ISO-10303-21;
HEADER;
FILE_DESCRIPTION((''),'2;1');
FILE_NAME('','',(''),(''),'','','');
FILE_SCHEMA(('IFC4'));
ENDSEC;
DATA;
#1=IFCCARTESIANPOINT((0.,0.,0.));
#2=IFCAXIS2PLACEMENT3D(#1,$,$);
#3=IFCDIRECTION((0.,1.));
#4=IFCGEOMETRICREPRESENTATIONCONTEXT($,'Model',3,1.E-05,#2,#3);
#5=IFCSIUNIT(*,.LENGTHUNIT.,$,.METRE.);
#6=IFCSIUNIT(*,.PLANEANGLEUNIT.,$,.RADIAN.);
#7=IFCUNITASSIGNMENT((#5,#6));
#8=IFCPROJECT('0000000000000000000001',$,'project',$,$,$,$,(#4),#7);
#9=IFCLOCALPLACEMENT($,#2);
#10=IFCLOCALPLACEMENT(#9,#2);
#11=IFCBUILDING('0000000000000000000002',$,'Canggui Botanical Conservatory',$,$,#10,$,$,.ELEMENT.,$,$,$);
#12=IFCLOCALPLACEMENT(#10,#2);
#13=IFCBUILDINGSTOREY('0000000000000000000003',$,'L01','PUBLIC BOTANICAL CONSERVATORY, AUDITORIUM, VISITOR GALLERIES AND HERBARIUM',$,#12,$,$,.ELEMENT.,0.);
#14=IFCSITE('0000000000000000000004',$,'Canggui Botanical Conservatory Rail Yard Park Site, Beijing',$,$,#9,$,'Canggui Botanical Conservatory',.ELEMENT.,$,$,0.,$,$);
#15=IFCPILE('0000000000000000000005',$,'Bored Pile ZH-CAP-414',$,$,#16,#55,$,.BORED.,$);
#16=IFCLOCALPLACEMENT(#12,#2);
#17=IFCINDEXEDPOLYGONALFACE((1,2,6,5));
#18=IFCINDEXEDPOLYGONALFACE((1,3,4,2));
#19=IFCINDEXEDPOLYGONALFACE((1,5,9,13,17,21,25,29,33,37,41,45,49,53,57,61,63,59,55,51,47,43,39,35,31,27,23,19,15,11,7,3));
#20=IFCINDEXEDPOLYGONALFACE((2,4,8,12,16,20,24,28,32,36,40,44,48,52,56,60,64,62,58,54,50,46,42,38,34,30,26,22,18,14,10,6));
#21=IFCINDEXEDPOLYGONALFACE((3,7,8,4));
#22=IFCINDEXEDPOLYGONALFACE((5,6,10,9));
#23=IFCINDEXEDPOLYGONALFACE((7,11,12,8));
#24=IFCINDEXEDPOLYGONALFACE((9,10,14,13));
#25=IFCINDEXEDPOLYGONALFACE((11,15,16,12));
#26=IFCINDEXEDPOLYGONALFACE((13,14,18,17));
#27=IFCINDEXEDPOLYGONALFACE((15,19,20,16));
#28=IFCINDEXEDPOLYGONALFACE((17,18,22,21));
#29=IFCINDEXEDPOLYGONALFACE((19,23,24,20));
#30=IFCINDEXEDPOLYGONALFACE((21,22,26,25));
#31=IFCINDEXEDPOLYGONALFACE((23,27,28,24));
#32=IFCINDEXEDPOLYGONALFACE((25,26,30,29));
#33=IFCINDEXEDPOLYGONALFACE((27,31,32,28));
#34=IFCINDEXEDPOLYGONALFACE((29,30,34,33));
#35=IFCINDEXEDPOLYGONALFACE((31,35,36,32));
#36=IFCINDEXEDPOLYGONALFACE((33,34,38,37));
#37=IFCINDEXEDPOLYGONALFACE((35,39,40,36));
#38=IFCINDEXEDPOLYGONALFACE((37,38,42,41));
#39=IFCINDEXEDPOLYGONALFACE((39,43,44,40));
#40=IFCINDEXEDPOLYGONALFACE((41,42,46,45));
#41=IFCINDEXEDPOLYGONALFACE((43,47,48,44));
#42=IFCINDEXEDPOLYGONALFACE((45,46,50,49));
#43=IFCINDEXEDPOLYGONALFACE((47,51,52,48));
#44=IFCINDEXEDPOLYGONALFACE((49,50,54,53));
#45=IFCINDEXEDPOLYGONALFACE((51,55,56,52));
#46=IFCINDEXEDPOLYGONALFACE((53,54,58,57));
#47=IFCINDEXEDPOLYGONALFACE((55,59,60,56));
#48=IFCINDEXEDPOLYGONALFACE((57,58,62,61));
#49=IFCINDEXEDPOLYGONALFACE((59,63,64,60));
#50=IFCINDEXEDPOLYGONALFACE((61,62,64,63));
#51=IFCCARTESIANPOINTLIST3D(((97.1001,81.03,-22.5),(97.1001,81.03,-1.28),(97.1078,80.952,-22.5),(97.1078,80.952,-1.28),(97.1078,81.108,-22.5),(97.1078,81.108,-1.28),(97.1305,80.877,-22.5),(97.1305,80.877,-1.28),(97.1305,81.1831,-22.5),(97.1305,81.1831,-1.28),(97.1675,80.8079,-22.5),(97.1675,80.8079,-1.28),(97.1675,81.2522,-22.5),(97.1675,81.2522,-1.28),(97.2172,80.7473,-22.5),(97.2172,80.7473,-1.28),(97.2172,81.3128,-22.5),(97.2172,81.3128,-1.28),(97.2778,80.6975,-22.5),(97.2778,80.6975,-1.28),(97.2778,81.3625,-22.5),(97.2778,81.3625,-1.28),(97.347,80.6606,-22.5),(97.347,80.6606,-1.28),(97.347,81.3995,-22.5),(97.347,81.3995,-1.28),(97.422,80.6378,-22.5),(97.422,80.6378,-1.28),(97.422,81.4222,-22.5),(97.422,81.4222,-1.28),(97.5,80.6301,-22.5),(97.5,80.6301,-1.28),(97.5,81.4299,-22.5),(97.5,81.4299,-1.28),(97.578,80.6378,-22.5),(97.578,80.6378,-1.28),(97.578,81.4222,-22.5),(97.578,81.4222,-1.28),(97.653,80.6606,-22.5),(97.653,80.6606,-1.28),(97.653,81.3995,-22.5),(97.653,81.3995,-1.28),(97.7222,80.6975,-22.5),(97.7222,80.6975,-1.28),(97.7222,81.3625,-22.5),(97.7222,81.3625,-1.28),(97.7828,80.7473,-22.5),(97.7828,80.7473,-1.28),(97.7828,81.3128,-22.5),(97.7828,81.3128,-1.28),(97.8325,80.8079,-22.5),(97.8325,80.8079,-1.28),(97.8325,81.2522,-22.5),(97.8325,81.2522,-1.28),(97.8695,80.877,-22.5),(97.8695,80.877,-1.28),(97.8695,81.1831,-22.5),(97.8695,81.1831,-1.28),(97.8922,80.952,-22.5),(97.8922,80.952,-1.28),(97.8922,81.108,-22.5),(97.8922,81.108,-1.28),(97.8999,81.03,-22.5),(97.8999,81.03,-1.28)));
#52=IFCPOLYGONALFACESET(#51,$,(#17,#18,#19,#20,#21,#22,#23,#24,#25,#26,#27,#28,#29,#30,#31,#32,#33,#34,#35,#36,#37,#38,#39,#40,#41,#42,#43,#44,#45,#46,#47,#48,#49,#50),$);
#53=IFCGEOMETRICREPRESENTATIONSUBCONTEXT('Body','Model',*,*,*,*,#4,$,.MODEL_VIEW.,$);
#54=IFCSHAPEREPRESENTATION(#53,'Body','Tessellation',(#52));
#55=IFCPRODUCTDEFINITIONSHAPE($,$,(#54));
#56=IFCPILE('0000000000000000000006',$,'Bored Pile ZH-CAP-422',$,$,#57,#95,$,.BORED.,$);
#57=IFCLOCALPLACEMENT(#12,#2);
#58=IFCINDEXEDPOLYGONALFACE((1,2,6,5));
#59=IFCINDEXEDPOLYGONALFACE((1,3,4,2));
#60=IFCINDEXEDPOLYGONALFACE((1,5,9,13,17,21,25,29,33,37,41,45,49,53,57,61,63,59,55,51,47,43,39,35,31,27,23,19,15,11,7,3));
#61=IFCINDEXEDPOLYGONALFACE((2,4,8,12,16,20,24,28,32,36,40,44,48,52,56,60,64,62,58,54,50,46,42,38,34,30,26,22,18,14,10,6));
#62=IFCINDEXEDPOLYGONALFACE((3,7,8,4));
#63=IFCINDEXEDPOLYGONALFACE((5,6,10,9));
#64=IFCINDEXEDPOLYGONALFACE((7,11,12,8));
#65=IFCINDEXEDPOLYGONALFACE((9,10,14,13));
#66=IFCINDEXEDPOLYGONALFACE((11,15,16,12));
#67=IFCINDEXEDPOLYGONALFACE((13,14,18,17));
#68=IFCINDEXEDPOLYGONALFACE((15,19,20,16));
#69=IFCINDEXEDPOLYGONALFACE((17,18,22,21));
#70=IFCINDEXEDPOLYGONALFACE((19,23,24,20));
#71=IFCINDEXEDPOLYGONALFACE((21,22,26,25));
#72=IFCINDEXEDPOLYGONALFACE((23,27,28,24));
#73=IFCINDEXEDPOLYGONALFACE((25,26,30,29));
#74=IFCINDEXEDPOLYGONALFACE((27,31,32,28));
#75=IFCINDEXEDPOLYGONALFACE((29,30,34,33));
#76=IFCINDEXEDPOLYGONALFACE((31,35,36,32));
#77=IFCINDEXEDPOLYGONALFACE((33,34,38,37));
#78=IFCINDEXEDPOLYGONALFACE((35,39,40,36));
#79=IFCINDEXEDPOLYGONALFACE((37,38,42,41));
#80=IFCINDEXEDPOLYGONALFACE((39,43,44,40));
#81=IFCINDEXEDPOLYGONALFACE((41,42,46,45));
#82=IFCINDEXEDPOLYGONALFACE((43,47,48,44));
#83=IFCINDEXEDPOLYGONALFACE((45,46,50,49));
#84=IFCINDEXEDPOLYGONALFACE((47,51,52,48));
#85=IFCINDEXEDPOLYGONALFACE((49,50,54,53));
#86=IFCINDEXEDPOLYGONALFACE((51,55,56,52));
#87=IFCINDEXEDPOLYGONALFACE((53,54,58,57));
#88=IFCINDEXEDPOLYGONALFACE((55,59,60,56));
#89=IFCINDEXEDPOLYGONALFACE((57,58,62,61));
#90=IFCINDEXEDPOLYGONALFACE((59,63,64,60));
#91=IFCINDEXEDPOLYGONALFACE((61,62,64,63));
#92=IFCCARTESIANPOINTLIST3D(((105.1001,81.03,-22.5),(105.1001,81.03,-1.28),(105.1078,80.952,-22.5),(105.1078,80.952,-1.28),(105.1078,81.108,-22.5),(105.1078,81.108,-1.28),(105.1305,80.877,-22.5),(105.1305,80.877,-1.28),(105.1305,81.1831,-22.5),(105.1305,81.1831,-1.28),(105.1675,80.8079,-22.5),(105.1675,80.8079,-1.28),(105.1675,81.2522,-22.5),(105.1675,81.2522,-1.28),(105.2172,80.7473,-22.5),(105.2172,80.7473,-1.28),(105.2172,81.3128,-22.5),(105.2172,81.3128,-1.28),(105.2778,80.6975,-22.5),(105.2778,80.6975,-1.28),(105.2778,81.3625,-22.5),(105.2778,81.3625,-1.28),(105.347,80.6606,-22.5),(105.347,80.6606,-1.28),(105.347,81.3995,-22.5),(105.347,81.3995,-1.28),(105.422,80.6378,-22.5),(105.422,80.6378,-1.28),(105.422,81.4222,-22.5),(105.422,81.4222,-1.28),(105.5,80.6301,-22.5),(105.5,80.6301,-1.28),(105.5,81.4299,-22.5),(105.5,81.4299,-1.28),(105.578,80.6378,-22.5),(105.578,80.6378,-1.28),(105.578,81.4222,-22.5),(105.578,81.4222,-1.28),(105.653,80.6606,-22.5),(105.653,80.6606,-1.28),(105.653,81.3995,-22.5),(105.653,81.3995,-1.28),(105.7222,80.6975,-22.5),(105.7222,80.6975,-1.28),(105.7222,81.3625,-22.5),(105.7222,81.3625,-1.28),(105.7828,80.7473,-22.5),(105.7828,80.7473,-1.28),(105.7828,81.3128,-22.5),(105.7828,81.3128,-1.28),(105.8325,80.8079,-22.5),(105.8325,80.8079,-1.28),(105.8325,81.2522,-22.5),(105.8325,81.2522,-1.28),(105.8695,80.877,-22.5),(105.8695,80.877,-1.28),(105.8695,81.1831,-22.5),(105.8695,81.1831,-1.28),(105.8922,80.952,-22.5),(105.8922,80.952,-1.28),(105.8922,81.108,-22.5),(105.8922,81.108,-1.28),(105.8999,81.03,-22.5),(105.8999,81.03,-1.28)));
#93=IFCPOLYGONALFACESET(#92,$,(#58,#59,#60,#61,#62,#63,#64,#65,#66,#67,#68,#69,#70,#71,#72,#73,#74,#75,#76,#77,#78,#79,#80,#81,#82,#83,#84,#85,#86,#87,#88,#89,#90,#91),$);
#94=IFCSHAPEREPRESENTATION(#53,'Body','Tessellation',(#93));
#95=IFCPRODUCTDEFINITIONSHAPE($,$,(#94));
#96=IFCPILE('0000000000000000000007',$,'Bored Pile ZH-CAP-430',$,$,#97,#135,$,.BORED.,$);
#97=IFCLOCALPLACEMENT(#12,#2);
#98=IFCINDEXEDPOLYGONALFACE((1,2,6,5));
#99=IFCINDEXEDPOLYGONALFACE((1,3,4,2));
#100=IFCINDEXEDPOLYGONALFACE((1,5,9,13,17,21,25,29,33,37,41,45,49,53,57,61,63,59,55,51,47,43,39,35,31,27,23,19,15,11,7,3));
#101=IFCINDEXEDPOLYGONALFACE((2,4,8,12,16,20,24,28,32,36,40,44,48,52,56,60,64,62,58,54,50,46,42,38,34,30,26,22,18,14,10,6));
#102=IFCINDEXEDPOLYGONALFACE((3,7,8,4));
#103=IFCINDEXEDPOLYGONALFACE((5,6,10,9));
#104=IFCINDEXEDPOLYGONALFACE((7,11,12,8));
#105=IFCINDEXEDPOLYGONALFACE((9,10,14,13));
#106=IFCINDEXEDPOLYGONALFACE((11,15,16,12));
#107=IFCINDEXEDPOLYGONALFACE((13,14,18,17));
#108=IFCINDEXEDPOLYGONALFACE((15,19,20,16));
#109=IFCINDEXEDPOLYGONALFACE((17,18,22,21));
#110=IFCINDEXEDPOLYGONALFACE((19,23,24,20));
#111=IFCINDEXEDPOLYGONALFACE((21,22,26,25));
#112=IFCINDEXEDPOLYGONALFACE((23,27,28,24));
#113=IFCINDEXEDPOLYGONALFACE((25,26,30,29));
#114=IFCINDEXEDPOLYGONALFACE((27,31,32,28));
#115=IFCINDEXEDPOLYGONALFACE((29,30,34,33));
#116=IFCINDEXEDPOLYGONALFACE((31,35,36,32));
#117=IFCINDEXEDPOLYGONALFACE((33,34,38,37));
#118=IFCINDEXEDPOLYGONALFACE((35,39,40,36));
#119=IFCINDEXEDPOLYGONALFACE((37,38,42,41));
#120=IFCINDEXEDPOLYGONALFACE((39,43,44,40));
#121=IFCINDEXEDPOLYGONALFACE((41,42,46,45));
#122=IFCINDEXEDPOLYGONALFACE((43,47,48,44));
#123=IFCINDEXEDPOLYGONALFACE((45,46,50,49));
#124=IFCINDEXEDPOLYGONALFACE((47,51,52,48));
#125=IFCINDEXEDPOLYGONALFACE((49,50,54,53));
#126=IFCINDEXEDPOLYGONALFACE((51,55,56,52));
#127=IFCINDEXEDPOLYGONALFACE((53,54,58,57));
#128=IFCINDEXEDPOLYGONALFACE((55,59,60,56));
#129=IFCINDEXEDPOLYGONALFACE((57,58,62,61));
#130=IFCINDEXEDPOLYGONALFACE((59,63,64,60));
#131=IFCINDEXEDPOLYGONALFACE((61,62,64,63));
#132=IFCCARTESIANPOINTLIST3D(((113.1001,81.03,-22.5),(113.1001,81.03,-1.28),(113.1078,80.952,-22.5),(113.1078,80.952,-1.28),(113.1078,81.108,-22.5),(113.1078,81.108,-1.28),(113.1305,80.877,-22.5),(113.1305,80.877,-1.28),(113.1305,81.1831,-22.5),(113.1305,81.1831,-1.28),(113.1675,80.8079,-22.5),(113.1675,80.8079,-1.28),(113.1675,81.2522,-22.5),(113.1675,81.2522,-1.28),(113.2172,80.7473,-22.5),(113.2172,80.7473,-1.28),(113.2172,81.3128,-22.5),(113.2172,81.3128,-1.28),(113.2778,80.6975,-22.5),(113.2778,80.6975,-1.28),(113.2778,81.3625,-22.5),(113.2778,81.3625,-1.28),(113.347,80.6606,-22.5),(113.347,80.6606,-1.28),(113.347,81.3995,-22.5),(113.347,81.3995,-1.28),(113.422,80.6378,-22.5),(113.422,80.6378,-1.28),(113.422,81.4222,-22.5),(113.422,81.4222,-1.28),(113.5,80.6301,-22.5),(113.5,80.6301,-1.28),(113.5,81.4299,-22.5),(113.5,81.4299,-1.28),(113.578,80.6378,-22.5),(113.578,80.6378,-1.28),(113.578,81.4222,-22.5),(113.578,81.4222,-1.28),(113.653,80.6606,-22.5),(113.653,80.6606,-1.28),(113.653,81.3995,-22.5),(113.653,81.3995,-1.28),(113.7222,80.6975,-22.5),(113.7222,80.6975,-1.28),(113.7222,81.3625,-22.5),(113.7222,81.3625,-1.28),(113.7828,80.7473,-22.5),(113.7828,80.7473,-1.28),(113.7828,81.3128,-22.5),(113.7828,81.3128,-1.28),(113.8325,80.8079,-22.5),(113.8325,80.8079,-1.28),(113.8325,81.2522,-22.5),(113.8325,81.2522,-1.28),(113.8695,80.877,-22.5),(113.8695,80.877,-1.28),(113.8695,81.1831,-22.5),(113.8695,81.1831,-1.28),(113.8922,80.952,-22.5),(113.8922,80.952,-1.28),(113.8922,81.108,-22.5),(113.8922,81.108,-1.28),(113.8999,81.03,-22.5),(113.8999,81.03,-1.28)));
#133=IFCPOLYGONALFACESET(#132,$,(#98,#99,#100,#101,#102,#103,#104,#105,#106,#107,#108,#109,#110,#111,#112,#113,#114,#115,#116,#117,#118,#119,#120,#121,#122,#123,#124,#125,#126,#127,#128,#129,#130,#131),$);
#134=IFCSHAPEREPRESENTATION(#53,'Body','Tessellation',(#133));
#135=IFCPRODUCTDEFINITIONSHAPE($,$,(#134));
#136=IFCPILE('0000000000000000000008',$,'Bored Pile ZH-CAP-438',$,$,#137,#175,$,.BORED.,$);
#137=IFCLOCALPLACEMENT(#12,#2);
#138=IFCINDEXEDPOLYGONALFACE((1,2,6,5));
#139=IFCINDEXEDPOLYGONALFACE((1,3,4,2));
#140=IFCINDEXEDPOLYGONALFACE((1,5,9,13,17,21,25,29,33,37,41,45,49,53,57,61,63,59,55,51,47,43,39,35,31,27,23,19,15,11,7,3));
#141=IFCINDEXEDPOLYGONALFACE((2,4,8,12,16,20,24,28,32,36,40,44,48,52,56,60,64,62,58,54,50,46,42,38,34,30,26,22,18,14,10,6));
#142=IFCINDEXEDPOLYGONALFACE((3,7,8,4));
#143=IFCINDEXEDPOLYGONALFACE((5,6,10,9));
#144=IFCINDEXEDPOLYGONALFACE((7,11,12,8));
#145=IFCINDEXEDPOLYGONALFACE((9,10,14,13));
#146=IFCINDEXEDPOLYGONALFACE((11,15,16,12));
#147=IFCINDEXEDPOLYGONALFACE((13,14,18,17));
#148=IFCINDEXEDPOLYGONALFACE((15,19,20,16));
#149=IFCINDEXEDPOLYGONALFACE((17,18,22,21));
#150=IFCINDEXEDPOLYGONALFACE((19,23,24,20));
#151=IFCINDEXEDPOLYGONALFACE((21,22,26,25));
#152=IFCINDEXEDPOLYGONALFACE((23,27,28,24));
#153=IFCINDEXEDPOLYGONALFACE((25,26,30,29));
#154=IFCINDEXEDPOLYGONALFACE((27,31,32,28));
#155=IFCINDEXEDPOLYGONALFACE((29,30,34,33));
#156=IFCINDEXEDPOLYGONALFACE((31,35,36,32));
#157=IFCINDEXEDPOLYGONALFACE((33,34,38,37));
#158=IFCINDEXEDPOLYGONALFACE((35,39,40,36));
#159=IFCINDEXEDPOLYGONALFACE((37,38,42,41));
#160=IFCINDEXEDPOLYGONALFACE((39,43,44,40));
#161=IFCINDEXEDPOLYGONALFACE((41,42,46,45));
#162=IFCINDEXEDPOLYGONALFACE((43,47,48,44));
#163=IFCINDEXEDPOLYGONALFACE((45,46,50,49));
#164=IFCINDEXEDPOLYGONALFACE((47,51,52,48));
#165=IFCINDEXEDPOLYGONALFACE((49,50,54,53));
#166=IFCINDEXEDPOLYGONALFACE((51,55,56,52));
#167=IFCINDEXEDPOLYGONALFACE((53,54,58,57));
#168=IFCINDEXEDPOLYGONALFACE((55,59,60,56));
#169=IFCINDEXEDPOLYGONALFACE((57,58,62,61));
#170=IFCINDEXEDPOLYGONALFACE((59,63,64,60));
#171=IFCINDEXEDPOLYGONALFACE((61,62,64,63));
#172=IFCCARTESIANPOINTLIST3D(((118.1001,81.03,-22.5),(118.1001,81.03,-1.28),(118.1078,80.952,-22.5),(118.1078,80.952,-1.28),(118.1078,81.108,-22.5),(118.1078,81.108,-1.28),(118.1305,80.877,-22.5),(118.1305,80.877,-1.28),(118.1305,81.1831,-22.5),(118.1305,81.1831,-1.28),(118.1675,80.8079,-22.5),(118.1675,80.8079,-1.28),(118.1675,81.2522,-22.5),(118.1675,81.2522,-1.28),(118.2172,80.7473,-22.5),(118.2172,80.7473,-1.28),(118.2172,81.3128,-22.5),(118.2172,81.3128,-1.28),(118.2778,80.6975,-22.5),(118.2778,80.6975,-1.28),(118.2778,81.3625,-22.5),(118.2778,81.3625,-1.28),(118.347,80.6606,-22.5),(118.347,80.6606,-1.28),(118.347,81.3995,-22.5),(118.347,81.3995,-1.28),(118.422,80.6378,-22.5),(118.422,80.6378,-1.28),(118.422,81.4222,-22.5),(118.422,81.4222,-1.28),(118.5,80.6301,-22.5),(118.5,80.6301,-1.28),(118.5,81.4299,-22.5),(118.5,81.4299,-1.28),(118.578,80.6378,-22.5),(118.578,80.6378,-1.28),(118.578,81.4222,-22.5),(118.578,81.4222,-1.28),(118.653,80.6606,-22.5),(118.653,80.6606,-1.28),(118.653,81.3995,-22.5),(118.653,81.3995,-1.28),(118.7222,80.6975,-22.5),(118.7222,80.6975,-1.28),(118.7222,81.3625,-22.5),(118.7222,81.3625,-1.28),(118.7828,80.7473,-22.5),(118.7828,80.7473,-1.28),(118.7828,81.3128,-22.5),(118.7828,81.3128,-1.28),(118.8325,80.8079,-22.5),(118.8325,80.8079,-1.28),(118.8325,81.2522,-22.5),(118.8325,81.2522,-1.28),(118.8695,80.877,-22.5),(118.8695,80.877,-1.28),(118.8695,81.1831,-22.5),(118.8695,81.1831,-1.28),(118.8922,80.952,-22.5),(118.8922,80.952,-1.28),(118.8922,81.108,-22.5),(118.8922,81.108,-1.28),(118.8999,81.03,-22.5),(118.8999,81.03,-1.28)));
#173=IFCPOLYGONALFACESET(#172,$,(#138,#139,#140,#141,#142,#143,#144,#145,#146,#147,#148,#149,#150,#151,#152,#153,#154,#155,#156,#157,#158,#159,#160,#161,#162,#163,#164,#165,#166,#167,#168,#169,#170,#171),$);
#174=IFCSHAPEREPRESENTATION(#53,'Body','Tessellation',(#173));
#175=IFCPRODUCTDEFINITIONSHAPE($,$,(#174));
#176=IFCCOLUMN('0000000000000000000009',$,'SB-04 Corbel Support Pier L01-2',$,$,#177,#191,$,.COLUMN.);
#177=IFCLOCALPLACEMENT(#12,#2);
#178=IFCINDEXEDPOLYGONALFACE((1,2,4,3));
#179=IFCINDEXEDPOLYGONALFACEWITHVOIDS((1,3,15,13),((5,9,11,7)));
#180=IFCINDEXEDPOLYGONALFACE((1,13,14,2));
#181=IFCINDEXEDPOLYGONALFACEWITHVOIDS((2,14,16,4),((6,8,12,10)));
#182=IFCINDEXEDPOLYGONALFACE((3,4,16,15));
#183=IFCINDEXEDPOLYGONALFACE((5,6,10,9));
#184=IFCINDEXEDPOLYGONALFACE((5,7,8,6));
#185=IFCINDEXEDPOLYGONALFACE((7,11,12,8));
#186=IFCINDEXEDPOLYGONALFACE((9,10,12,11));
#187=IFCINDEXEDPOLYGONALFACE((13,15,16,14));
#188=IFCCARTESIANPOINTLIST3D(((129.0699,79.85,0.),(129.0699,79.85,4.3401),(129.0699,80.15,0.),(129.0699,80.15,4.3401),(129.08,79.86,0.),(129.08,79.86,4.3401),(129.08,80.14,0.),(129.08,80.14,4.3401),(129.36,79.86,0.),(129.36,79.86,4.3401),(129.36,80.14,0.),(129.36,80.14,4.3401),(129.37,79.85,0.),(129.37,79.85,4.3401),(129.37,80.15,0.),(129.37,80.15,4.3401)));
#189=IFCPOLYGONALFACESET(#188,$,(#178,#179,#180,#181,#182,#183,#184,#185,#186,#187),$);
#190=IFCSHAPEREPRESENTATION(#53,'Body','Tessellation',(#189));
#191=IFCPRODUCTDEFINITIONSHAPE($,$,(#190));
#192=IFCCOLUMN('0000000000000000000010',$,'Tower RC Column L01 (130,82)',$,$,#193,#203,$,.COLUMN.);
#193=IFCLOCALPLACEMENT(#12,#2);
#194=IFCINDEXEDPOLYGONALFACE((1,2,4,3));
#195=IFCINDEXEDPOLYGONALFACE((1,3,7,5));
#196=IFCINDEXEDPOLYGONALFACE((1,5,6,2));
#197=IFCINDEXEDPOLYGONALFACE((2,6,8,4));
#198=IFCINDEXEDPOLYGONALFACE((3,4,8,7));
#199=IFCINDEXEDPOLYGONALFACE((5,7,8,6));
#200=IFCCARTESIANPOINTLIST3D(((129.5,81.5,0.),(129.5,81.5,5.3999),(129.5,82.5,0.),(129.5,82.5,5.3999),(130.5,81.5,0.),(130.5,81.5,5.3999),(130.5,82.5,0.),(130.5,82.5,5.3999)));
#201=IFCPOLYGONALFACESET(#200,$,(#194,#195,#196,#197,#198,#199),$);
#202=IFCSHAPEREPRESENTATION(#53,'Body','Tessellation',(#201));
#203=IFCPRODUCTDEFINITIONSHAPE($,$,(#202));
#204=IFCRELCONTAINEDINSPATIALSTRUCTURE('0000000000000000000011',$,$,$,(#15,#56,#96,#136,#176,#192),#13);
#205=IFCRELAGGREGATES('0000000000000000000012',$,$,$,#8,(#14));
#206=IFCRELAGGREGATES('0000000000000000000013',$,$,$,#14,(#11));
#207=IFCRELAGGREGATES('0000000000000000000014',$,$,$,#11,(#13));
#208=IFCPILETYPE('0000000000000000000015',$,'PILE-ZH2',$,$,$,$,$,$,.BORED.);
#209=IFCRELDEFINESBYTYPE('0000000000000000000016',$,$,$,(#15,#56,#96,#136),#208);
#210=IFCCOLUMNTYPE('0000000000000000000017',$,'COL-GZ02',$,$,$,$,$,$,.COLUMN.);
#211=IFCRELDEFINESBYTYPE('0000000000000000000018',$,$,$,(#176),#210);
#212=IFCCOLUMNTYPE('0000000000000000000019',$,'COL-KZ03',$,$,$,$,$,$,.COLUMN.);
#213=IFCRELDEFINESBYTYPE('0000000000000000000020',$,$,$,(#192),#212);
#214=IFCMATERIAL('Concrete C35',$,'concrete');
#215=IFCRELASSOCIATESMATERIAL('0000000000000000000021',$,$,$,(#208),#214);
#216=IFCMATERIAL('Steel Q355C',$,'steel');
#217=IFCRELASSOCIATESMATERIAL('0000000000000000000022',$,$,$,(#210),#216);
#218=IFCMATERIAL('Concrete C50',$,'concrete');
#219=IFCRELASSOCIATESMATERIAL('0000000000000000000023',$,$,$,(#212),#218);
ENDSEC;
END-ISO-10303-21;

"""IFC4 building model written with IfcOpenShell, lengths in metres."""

from ifc_helpers import new_model, si_unit, direction, frame, origin, origin_2d, place, context, subcontext, project, spatial, rectangle, hollow_rectangle, circle, extrude, material, material_profile, profile_set, type_object, element, save


model = new_model("IFC4")

# Units and contexts
model_context = context("Model", 3, precision=1e-05, world=origin(), true_north=direction((0.0, 1.0)))
body_context = subcontext(model_context, "Body", "Model", "MODEL_VIEW")
ifc_project = project(units=[si_unit("LENGTHUNIT", "METRE"), si_unit("PLANEANGLEUNIT", "RADIAN")], contexts=[model_context])

# Site, building, storey
site_placement = place(None, origin())
site = spatial("IfcSite", under=ifc_project, at=site_placement, Name="Canggui Botanical Conservatory Rail Yard Park Site, Beijing", LongName="Canggui Botanical Conservatory", CompositionType="ELEMENT", RefElevation=0.0)
building_placement = place(site_placement, origin())
building = spatial("IfcBuilding", under=site, at=building_placement, Name="Canggui Botanical Conservatory", CompositionType="ELEMENT")
storey_placement = place(building_placement, origin())
storey = spatial("IfcBuildingStorey", under=building, at=storey_placement, Name="L01", Description="PUBLIC BOTANICAL CONSERVATORY, AUDITORIUM, VISITOR GALLERIES AND HERBARIUM", CompositionType="ELEMENT", Elevation=0.0)

# Piles
ifc_material_1 = material(Name="Concrete C35", Category="concrete")
ifc_material_profile_1 = material_profile(ifc_material_1, circle(Radius=0.3999, at=origin_2d()), Name="PILE D800")
ifc_profile_set_1 = profile_set([ifc_material_profile_1], Name="Concrete C35")
pile_type = type_object("IfcPileType", Name="PILE-ZH2", PredefinedType="BORED", material=ifc_profile_set_1)
for number, where, z_axis, x_axis, name in (
    (1, (97.5, 81.03, -1.28), (0.0, 0.0, -1.0), (1.0, 0.0, 0.0), "Bored Pile ZH-CAP-414"),
    (2, (105.5, 81.03, -1.28), (0.0, 0.0, -1.0), (1.0, 0.0, 0.0), "Bored Pile ZH-CAP-422"),
    (3, (113.5, 81.03, -1.28), (0.0, 0.0, -1.0), (1.0, 0.0, 0.0), "Bored Pile ZH-CAP-430"),
    (4, (118.5, 81.03, -1.28), (0.0, 0.0, -1.0), (1.0, 0.0, 0.0), "Bored Pile ZH-CAP-438"),
):
    element("IfcPile", number, at=place(storey_placement, frame(where, z_axis=z_axis, x_axis=x_axis)), inside=storey, type_object=pile_type, Name=name, PredefinedType="BORED", context=body_context, shape_type="SweptSolid", body=[
        extrude(circle(Radius=0.3999, at=origin_2d()), origin(), (0.0, 0.0, 1.0), 21.22),
    ])

# Columns
ifc_material_2 = material(Name="Steel Q355C", Category="steel")
ifc_material_profile_2 = material_profile(ifc_material_2, hollow_rectangle(XDim=0.3, YDim=0.3, WallThickness=0.01, at=origin_2d()), Name="SHS 300x300x10")
ifc_profile_set_2 = profile_set([ifc_material_profile_2], Name="Steel Q355C")
column_type_1 = type_object("IfcColumnType", Name="COL-GZ02", PredefinedType="COLUMN", material=ifc_profile_set_2)
column_1_placement = place(storey_placement, frame((129.22, 80.0, 0.0), z_axis=(0.0, 0.0, 1.0), x_axis=(1.0, 0.0, 0.0)))
element("IfcColumn", 5, at=column_1_placement, inside=storey, type_object=column_type_1, Name="SB-04 Corbel Support Pier L01-2", PredefinedType="COLUMN", context=body_context, shape_type="SweptSolid", body=[
    extrude(hollow_rectangle(XDim=0.3, YDim=0.3, WallThickness=0.01, at=origin_2d()), origin(), (0.0, 0.0, 1.0), 4.3401),
])
ifc_material_3 = material(Name="Concrete C50", Category="concrete")
ifc_material_profile_3 = material_profile(ifc_material_3, rectangle(XDim=1.0, YDim=1.0, at=origin_2d()), Name="RC 1000x1000")
ifc_profile_set_3 = profile_set([ifc_material_profile_3], Name="Concrete C50")
column_type_2 = type_object("IfcColumnType", Name="COL-KZ03", PredefinedType="COLUMN", material=ifc_profile_set_3)
column_2_placement = place(storey_placement, frame((130.0, 82.0, 0.0), z_axis=(0.0, 0.0, 1.0), x_axis=(1.0, 0.0, 0.0)))
element("IfcColumn", 6, at=column_2_placement, inside=storey, type_object=column_type_2, Name="Tower RC Column L01 (130,82)", PredefinedType="COLUMN", context=body_context, shape_type="SweptSolid", body=[
    extrude(rectangle(XDim=1.0, YDim=1.0, at=origin_2d()), origin(), (0.0, 0.0, 1.0), 5.3999),
])

save(model, "model.ifc")
